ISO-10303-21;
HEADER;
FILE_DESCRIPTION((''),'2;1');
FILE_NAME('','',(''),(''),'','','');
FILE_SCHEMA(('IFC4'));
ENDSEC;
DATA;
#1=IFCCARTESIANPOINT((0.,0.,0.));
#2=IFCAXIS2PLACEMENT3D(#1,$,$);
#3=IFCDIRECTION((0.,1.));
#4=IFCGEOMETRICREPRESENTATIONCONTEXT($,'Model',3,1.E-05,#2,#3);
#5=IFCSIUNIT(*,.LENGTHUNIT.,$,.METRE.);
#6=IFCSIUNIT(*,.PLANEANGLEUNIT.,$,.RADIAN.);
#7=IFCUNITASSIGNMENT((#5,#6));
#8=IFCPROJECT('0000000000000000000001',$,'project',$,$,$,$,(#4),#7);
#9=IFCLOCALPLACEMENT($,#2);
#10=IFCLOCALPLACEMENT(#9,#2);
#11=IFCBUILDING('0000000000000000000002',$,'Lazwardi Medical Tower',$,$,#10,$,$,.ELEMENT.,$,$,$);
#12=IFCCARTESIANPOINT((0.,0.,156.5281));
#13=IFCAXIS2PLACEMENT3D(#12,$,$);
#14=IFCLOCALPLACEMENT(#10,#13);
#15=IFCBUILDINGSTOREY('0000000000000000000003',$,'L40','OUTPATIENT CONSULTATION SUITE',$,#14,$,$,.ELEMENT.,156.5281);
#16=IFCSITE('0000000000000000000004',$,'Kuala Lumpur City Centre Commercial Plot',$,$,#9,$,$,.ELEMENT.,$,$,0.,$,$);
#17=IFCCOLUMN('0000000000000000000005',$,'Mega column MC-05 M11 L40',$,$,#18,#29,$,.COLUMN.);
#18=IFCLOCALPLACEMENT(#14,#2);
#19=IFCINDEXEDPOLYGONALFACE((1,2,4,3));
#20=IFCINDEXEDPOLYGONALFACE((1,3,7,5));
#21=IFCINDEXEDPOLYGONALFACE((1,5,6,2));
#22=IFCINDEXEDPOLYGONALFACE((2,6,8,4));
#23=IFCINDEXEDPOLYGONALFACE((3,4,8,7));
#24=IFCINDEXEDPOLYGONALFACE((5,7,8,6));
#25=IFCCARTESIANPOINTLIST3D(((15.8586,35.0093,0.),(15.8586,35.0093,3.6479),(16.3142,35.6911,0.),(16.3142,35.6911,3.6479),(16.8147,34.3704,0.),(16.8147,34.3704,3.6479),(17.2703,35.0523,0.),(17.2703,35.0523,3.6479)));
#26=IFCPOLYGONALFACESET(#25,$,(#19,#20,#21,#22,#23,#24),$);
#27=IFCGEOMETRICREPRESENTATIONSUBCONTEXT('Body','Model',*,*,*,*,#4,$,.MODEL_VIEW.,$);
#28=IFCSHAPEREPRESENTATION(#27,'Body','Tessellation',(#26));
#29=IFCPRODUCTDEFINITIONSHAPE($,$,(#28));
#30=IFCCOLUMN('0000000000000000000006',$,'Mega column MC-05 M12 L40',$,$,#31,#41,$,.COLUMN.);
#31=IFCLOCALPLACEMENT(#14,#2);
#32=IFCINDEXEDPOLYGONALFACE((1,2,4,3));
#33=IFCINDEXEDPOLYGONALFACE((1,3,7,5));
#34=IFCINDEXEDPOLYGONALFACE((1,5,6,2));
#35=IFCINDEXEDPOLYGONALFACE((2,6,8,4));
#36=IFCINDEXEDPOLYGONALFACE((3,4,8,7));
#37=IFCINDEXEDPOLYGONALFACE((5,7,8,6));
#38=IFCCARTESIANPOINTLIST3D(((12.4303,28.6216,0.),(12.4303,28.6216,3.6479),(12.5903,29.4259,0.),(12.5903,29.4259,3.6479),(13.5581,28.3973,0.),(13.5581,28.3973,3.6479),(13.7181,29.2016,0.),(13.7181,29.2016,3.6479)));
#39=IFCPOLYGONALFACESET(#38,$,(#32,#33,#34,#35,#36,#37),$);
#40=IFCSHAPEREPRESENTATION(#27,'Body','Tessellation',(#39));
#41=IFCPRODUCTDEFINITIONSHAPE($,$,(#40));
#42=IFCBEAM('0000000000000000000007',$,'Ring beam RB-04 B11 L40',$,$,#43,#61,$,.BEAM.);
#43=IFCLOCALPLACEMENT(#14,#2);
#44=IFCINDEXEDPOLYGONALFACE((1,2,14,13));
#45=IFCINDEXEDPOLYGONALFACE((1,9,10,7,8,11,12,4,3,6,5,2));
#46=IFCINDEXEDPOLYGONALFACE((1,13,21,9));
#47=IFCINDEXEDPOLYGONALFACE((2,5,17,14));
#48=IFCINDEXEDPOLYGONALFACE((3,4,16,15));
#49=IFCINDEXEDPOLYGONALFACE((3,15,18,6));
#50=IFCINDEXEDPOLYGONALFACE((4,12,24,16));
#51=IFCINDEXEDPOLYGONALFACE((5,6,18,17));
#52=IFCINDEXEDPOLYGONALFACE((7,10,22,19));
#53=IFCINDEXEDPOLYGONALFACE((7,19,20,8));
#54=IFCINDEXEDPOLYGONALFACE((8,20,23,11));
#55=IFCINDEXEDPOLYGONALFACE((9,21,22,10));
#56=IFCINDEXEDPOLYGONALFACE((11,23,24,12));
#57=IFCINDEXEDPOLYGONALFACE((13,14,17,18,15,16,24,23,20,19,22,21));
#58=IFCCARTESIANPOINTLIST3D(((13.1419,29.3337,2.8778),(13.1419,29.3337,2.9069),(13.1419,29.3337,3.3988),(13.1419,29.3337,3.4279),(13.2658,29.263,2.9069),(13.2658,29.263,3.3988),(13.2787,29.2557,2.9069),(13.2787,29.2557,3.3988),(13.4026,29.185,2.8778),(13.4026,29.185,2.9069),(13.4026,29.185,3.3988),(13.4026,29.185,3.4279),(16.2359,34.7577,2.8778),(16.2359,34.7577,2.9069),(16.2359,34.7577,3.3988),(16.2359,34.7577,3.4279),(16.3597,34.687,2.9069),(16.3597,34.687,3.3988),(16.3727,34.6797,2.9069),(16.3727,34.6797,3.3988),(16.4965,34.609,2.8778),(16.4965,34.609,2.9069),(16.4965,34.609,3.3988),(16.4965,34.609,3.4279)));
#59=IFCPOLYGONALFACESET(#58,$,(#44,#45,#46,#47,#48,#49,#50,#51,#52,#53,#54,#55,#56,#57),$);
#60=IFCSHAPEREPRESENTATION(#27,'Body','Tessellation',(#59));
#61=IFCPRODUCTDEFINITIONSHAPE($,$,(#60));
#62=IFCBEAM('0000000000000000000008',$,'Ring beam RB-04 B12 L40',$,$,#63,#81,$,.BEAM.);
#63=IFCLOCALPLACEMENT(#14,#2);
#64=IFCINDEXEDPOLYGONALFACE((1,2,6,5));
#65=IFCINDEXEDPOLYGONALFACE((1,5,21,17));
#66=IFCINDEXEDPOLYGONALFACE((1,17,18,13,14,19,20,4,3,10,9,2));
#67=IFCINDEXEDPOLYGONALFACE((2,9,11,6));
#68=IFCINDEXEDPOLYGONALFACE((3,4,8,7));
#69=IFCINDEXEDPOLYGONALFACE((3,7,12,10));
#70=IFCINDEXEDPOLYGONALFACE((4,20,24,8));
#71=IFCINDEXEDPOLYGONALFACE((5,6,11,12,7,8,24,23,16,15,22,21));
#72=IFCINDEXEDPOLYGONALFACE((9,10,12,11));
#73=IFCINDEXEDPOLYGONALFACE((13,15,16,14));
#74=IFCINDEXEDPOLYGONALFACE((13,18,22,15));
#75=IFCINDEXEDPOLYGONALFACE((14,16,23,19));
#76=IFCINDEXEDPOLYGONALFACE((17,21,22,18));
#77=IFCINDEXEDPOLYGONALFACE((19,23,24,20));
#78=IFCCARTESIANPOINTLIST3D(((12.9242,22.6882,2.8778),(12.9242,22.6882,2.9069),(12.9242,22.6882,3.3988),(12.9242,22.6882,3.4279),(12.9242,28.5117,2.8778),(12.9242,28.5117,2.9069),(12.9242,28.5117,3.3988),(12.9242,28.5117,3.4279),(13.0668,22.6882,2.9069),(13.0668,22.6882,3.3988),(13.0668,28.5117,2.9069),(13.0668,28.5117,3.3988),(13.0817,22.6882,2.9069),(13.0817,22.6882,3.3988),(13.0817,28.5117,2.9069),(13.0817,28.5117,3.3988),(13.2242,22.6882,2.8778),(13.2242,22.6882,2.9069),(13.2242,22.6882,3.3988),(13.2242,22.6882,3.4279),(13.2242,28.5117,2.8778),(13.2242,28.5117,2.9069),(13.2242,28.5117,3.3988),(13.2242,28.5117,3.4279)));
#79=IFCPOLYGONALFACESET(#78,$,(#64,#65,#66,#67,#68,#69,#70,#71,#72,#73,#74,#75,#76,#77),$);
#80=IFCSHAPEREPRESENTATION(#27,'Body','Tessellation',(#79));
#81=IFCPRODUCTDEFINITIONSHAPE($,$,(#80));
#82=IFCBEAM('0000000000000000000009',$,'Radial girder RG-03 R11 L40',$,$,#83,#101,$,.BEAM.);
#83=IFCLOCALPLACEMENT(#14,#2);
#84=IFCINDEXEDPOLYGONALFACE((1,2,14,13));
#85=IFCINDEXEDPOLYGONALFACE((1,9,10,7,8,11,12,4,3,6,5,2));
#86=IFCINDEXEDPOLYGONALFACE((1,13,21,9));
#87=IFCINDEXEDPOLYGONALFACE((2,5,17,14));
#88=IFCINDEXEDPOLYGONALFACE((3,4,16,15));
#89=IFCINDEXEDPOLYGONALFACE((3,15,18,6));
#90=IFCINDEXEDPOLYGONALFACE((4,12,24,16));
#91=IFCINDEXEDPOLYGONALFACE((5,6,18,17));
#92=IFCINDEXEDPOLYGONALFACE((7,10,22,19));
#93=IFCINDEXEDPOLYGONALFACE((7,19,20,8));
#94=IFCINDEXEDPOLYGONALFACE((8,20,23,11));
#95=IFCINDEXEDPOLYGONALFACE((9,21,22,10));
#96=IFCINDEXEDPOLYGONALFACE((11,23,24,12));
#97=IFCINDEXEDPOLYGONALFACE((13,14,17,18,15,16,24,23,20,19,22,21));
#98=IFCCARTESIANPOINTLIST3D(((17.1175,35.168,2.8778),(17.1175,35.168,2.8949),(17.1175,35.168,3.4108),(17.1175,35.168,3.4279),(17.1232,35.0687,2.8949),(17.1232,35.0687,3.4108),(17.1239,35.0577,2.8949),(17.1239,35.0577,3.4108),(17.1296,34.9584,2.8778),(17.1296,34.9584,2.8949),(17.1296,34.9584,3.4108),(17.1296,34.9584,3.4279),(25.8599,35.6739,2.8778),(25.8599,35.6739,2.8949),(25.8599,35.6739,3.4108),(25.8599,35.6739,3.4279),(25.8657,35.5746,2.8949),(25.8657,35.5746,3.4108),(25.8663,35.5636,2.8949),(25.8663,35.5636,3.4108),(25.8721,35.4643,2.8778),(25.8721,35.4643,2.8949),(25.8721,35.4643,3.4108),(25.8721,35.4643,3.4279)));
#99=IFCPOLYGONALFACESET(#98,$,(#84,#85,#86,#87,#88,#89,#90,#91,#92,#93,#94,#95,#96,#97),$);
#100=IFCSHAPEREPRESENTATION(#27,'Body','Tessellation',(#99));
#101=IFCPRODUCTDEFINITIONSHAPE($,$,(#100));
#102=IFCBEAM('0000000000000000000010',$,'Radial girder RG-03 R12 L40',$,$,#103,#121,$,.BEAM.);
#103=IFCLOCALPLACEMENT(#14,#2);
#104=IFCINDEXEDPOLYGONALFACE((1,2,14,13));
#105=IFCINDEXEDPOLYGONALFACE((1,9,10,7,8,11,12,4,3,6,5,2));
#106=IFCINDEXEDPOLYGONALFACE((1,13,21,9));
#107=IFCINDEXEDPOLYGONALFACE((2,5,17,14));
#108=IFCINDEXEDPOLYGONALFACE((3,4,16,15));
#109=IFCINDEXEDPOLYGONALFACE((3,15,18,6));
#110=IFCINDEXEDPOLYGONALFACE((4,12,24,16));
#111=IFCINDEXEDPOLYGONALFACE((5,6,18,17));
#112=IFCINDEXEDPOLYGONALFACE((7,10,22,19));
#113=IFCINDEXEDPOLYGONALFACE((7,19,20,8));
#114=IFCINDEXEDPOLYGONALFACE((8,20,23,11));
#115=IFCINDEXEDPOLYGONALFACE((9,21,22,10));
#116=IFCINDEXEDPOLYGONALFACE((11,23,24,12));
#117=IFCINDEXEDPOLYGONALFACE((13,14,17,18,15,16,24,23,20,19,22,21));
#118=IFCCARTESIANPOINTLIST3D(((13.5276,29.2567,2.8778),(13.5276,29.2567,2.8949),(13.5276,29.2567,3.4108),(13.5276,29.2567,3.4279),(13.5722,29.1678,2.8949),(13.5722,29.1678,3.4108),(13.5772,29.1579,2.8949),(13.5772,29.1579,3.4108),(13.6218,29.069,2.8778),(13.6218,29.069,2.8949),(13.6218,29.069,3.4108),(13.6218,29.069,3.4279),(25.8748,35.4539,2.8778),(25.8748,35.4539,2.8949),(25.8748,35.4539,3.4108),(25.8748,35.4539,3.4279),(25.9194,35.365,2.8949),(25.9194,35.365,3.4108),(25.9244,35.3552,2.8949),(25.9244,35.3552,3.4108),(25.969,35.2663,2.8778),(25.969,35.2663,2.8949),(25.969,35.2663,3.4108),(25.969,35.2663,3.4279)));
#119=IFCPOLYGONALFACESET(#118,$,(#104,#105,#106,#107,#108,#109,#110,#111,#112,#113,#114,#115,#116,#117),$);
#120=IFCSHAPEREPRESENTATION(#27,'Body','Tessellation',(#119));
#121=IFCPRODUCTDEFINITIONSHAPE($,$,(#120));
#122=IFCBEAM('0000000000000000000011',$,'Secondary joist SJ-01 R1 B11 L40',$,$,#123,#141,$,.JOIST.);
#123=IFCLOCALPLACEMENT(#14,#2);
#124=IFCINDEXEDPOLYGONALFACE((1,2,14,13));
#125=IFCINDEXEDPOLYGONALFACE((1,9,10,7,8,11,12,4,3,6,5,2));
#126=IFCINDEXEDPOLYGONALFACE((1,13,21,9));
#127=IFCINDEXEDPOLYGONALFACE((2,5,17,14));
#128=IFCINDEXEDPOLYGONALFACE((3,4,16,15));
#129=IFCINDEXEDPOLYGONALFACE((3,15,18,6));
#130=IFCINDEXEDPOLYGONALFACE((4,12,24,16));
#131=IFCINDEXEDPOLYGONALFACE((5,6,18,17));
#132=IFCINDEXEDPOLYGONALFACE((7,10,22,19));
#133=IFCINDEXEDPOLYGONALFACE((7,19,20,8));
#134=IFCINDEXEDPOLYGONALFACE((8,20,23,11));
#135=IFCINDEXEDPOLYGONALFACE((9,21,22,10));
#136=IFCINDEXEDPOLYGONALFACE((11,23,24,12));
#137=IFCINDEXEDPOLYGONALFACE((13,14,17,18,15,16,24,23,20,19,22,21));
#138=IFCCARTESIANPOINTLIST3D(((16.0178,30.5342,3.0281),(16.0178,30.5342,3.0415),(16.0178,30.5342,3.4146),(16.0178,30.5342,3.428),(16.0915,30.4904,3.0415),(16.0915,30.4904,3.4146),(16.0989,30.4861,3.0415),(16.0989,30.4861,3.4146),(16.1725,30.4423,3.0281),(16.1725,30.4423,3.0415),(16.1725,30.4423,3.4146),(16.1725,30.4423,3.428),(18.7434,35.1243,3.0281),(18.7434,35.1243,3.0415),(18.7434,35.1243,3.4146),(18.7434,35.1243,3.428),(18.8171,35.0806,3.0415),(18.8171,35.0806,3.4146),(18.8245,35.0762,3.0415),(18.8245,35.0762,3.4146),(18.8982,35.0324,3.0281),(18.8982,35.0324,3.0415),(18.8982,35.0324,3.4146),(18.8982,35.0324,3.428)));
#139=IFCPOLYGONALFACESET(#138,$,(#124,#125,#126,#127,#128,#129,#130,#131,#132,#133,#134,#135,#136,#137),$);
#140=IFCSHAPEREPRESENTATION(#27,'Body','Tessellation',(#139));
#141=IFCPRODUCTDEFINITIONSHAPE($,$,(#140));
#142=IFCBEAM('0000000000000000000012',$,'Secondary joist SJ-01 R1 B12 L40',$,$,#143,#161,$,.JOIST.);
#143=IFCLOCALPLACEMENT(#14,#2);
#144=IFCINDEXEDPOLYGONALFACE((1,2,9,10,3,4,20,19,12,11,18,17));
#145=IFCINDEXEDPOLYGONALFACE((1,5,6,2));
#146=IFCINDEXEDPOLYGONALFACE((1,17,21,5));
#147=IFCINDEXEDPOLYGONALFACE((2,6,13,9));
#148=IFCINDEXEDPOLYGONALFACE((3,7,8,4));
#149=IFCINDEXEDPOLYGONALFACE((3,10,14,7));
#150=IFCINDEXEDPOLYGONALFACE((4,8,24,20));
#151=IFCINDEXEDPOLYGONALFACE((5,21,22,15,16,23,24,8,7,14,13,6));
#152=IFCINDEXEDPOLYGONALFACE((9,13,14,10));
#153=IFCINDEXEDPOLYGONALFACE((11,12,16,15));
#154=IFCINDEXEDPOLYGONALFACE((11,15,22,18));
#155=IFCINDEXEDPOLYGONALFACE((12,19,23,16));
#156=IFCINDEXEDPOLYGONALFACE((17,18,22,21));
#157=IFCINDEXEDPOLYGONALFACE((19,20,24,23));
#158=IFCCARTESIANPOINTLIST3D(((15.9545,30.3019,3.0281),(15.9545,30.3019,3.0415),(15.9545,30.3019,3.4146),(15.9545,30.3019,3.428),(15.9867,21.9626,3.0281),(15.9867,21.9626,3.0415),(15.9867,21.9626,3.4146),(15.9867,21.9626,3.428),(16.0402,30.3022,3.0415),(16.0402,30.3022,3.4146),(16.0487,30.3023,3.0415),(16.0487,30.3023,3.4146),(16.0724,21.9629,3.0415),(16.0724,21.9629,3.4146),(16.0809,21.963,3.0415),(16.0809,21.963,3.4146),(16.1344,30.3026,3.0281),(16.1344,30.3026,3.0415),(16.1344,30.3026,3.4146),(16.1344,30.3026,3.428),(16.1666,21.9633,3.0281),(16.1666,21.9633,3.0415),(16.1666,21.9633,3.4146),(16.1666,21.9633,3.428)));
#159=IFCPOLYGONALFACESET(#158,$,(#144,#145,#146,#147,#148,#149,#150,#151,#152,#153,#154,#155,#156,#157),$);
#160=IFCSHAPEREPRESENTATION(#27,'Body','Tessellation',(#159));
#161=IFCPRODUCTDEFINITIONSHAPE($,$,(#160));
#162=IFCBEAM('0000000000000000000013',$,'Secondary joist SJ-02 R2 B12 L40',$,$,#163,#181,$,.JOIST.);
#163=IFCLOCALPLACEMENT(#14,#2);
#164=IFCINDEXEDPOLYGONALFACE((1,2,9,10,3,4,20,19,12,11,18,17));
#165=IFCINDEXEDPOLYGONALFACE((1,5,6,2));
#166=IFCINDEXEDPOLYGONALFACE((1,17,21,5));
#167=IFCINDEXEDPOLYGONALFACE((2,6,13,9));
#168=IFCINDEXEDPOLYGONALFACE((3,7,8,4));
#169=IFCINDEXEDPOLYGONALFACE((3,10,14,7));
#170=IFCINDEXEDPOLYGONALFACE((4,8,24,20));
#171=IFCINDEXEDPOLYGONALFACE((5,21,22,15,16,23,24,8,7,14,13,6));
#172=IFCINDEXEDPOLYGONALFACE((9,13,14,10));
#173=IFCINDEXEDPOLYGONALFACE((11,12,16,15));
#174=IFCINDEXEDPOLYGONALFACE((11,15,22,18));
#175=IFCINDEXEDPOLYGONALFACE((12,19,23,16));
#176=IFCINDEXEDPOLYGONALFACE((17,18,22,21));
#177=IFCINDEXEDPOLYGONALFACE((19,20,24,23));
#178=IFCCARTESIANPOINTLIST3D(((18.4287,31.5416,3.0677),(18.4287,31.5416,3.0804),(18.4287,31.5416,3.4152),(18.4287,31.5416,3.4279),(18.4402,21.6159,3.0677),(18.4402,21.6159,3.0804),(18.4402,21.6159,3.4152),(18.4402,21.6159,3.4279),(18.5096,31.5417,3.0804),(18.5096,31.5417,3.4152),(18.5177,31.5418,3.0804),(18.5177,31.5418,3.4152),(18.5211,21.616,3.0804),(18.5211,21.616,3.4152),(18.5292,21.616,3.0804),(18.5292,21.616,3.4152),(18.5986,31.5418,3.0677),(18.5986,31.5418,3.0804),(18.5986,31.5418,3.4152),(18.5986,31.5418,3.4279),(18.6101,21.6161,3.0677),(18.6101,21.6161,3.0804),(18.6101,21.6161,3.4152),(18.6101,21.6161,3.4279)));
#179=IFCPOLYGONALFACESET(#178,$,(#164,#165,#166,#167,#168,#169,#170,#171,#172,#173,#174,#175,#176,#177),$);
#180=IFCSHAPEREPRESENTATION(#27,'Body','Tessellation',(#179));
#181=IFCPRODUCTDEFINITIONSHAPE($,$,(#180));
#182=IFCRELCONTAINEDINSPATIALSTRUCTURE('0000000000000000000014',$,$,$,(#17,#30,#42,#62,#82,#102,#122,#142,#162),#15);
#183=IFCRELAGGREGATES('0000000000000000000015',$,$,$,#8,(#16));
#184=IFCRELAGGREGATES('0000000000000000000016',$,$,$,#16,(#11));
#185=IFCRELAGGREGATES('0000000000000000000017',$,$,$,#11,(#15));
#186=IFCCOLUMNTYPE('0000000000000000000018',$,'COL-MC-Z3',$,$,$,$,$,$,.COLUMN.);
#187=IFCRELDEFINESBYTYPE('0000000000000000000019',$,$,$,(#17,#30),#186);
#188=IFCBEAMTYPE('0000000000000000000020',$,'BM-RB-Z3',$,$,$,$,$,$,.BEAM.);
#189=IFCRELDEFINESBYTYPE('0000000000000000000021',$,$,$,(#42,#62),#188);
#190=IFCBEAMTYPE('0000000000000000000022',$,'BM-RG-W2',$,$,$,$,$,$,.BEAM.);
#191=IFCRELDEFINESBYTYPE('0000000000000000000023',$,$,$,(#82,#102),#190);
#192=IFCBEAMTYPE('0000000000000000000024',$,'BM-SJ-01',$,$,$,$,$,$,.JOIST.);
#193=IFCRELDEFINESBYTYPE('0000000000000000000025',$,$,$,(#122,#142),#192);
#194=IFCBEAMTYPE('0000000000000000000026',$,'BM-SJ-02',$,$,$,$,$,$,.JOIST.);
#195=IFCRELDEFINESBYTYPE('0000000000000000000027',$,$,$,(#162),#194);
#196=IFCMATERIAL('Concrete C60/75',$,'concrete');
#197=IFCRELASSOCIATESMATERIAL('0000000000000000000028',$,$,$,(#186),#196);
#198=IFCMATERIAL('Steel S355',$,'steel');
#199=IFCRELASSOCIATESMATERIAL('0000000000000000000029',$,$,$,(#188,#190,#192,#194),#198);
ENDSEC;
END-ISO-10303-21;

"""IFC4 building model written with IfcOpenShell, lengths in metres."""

from ifc_helpers import new_model, si_unit, direction, frame, origin, origin_2d, place, context, subcontext, project, spatial, rectangle, i_section, extrude, material, material_profile, profile_set, type_object, element, save


model = new_model("IFC4")

# Units and contexts
model_context = context("Model", 3, precision=1e-05, world=origin(), true_north=direction((0.0, 1.0)))
body_context = subcontext(model_context, "Body", "Model", "MODEL_VIEW")
ifc_project = project(units=[si_unit("LENGTHUNIT", "METRE"), si_unit("PLANEANGLEUNIT", "RADIAN")], contexts=[model_context])

# Site, building, storey
site_placement = place(None, origin())
site = spatial("IfcSite", under=ifc_project, at=site_placement, Name="Kuala Lumpur City Centre Commercial Plot", CompositionType="ELEMENT", RefElevation=0.0)
building_placement = place(site_placement, origin())
building = spatial("IfcBuilding", under=site, at=building_placement, Name="Lazwardi Medical Tower", CompositionType="ELEMENT")
storey_placement = place(building_placement, frame((0.0, 0.0, 156.5281)))
storey = spatial("IfcBuildingStorey", under=building, at=storey_placement, Name="L40", Description="OUTPATIENT CONSULTATION SUITE", CompositionType="ELEMENT", Elevation=156.5281)

# Columns
ifc_material_1 = material(Name="Concrete C60/75", Category="concrete")
ifc_material_profile_1 = material_profile(ifc_material_1, rectangle(XDim=1.1499, YDim=0.8201, at=origin_2d()), Name="CFT-RECT 1150x820")
ifc_profile_set_1 = profile_set([ifc_material_profile_1], Name="Concrete C60/75")
column_type = type_object("IfcColumnType", Name="COL-MC-Z3", PredefinedType="COLUMN", material=ifc_profile_set_1)
for number, where, z_axis, x_axis, name in (
    (1, (16.5645, 35.0308, 0.0), (0.0, 0.0, 1.0), (-0.83147, 0.55557, 0.0), "Mega column MC-05 M11 L40"),
    (2, (13.0742, 28.9116, 0.0), (0.0, 0.0, 1.0), (-0.980785, 0.19509, 0.0), "Mega column MC-05 M12 L40"),
):
    element("IfcColumn", number, at=place(storey_placement, frame(where, z_axis=z_axis, x_axis=x_axis)), inside=storey, type_object=column_type, Name=name, PredefinedType="COLUMN", context=body_context, shape_type="SweptSolid", body=[
        extrude(rectangle(XDim=1.1499, YDim=0.8201, at=origin_2d()), origin(), (0.0, 0.0, 1.0), 3.6479),
    ])

# Beams
ifc_material_2 = material(Name="Steel S355", Category="steel")
ifc_material_profile_2 = material_profile(ifc_material_2, i_section(OverallWidth=0.3, OverallDepth=0.55, WebThickness=0.0149, FlangeThickness=0.0291, at=origin_2d()), Name="HEB 550")
ifc_profile_set_2 = profile_set([ifc_material_profile_2], Name="Steel S355")
beam_type_1 = type_object("IfcBeamType", Name="BM-RB-Z3", PredefinedType="BEAM", material=ifc_profile_set_2)
beam_1_placement = place(storey_placement, frame((16.3662, 34.6833, 3.1528), z_axis=(-0.495478, -0.868621, 0.0), x_axis=(0.868621, -0.495478, 0.0)))
element("IfcBeam", 3, at=beam_1_placement, inside=storey, type_object=beam_type_1, Name="Ring beam RB-04 B11 L40", PredefinedType="BEAM", context=body_context, shape_type="SweptSolid", body=[
    extrude(i_section(OverallWidth=0.3, OverallDepth=0.55, WebThickness=0.0149, FlangeThickness=0.0291, at=origin_2d()), origin(), (0.0, 0.0, 1.0), 6.2444),
])
beam_2_placement = place(storey_placement, frame((13.0742, 28.5117, 3.1528), z_axis=(0.0, -1.0, 0.0), x_axis=(1.0, 0.0, 0.0)))
element("IfcBeam", 4, at=beam_2_placement, inside=storey, type_object=beam_type_1, Name="Ring beam RB-04 B12 L40", PredefinedType="BEAM", context=body_context, shape_type="SweptSolid", body=[
    extrude(i_section(OverallWidth=0.3, OverallDepth=0.55, WebThickness=0.0149, FlangeThickness=0.0291, at=origin_2d()), origin(), (0.0, 0.0, 1.0), 5.8235),
])
ifc_material_profile_3 = material_profile(ifc_material_2, i_section(OverallWidth=0.21, OverallDepth=0.55, WebThickness=0.011, FlangeThickness=0.0171, at=origin_2d()), Name="IPE 550")
ifc_profile_set_3 = profile_set([ifc_material_profile_3], Name="Steel S355")
beam_type_2 = type_object("IfcBeamType", Name="BM-RG-W2", PredefinedType="BEAM", material=ifc_profile_set_3)
beam_3_placement = place(storey_placement, frame((17.1235, 35.0632, 3.1528), z_axis=(0.99833, 0.057766, 0.0), x_axis=(-0.057766, 0.99833, 0.0)))
element("IfcBeam", 5, at=beam_3_placement, inside=storey, type_object=beam_type_2, Name="Radial girder RG-03 R11 L40", PredefinedType="BEAM", context=body_context, shape_type="SweptSolid", body=[
    extrude(i_section(OverallWidth=0.21, OverallDepth=0.55, WebThickness=0.011, FlangeThickness=0.0171, at=origin_2d()), origin(), (0.0, 0.0, 1.0), 8.7571),
])
beam_4_placement = place(storey_placement, frame((13.5747, 29.1628, 3.1528), z_axis=(0.89374, 0.448584, 0.0), x_axis=(-0.448584, 0.89374, 0.0)))
element("IfcBeam", 6, at=beam_4_placement, inside=storey, type_object=beam_type_2, Name="Radial girder RG-03 R12 L40", PredefinedType="BEAM", context=body_context, shape_type="SweptSolid", body=[
    extrude(i_section(OverallWidth=0.21, OverallDepth=0.55, WebThickness=0.011, FlangeThickness=0.0171, at=origin_2d()), origin(), (0.0, 0.0, 1.0), 13.8152),
])
ifc_material_profile_4 = material_profile(ifc_material_2, i_section(OverallWidth=0.1799, OverallDepth=0.3999, WebThickness=0.0085, FlangeThickness=0.0134, at=origin_2d()), Name="IPE 400")
ifc_profile_set_4 = profile_set([ifc_material_profile_4], Name="Steel S355")
beam_type_3 = type_object("IfcBeamType", Name="BM-SJ-01", PredefinedType="JOIST", material=ifc_profile_set_4)
beam_5_placement = place(storey_placement, frame((18.8208, 35.0784, 3.228), z_axis=(-0.510569, -0.859837, 0.0), x_axis=(0.859837, -0.510569, 0.0)))
element("IfcBeam", 7, at=beam_5_placement, inside=storey, type_object=beam_type_3, Name="Secondary joist SJ-01 R1 B11 L40", PredefinedType="JOIST", context=body_context, shape_type="SweptSolid", body=[
    extrude(i_section(OverallWidth=0.1799, OverallDepth=0.3999, WebThickness=0.0085, FlangeThickness=0.0134, at=origin_2d()), origin(), (0.0, 0.0, 1.0), 5.3384),
])
beam_6_placement = place(storey_placement, frame((16.0444, 30.3022, 3.228), z_axis=(0.003864, -0.999993, 0.0), x_axis=(0.999993, 0.003864, 0.0)))
element("IfcBeam", 8, at=beam_6_placement, inside=storey, type_object=beam_type_3, Name="Secondary joist SJ-01 R1 B12 L40", PredefinedType="JOIST", context=body_context, shape_type="SweptSolid", body=[
    extrude(i_section(OverallWidth=0.1799, OverallDepth=0.3999, WebThickness=0.0085, FlangeThickness=0.0134, at=origin_2d()), origin(), (0.0, 0.0, 1.0), 8.3394),
])
ifc_material_profile_5 = material_profile(ifc_material_2, i_section(OverallWidth=0.1699, OverallDepth=0.3601, WebThickness=0.0081, FlangeThickness=0.0127, at=origin_2d()), Name="IPE 360")
ifc_profile_set_5 = profile_set([ifc_material_profile_5], Name="Steel S355")
beam_type_4 = type_object("IfcBeamType", Name="BM-SJ-02", PredefinedType="JOIST", material=ifc_profile_set_5)
beam_7_placement = place(storey_placement, frame((18.5137, 31.5417, 3.2478), z_axis=(0.001156, -0.999999, 0.0), x_axis=(0.999999, 0.001156, 0.0)))
element("IfcBeam", 9, at=beam_7_placement, inside=storey, type_object=beam_type_4, Name="Secondary joist SJ-02 R2 B12 L40", PredefinedType="JOIST", context=body_context, shape_type="SweptSolid", body=[
    extrude(i_section(OverallWidth=0.1699, OverallDepth=0.3601, WebThickness=0.0081, FlangeThickness=0.0127, at=origin_2d()), origin(), (0.0, 0.0, 1.0), 9.9258),
])

save(model, "model.ifc")
